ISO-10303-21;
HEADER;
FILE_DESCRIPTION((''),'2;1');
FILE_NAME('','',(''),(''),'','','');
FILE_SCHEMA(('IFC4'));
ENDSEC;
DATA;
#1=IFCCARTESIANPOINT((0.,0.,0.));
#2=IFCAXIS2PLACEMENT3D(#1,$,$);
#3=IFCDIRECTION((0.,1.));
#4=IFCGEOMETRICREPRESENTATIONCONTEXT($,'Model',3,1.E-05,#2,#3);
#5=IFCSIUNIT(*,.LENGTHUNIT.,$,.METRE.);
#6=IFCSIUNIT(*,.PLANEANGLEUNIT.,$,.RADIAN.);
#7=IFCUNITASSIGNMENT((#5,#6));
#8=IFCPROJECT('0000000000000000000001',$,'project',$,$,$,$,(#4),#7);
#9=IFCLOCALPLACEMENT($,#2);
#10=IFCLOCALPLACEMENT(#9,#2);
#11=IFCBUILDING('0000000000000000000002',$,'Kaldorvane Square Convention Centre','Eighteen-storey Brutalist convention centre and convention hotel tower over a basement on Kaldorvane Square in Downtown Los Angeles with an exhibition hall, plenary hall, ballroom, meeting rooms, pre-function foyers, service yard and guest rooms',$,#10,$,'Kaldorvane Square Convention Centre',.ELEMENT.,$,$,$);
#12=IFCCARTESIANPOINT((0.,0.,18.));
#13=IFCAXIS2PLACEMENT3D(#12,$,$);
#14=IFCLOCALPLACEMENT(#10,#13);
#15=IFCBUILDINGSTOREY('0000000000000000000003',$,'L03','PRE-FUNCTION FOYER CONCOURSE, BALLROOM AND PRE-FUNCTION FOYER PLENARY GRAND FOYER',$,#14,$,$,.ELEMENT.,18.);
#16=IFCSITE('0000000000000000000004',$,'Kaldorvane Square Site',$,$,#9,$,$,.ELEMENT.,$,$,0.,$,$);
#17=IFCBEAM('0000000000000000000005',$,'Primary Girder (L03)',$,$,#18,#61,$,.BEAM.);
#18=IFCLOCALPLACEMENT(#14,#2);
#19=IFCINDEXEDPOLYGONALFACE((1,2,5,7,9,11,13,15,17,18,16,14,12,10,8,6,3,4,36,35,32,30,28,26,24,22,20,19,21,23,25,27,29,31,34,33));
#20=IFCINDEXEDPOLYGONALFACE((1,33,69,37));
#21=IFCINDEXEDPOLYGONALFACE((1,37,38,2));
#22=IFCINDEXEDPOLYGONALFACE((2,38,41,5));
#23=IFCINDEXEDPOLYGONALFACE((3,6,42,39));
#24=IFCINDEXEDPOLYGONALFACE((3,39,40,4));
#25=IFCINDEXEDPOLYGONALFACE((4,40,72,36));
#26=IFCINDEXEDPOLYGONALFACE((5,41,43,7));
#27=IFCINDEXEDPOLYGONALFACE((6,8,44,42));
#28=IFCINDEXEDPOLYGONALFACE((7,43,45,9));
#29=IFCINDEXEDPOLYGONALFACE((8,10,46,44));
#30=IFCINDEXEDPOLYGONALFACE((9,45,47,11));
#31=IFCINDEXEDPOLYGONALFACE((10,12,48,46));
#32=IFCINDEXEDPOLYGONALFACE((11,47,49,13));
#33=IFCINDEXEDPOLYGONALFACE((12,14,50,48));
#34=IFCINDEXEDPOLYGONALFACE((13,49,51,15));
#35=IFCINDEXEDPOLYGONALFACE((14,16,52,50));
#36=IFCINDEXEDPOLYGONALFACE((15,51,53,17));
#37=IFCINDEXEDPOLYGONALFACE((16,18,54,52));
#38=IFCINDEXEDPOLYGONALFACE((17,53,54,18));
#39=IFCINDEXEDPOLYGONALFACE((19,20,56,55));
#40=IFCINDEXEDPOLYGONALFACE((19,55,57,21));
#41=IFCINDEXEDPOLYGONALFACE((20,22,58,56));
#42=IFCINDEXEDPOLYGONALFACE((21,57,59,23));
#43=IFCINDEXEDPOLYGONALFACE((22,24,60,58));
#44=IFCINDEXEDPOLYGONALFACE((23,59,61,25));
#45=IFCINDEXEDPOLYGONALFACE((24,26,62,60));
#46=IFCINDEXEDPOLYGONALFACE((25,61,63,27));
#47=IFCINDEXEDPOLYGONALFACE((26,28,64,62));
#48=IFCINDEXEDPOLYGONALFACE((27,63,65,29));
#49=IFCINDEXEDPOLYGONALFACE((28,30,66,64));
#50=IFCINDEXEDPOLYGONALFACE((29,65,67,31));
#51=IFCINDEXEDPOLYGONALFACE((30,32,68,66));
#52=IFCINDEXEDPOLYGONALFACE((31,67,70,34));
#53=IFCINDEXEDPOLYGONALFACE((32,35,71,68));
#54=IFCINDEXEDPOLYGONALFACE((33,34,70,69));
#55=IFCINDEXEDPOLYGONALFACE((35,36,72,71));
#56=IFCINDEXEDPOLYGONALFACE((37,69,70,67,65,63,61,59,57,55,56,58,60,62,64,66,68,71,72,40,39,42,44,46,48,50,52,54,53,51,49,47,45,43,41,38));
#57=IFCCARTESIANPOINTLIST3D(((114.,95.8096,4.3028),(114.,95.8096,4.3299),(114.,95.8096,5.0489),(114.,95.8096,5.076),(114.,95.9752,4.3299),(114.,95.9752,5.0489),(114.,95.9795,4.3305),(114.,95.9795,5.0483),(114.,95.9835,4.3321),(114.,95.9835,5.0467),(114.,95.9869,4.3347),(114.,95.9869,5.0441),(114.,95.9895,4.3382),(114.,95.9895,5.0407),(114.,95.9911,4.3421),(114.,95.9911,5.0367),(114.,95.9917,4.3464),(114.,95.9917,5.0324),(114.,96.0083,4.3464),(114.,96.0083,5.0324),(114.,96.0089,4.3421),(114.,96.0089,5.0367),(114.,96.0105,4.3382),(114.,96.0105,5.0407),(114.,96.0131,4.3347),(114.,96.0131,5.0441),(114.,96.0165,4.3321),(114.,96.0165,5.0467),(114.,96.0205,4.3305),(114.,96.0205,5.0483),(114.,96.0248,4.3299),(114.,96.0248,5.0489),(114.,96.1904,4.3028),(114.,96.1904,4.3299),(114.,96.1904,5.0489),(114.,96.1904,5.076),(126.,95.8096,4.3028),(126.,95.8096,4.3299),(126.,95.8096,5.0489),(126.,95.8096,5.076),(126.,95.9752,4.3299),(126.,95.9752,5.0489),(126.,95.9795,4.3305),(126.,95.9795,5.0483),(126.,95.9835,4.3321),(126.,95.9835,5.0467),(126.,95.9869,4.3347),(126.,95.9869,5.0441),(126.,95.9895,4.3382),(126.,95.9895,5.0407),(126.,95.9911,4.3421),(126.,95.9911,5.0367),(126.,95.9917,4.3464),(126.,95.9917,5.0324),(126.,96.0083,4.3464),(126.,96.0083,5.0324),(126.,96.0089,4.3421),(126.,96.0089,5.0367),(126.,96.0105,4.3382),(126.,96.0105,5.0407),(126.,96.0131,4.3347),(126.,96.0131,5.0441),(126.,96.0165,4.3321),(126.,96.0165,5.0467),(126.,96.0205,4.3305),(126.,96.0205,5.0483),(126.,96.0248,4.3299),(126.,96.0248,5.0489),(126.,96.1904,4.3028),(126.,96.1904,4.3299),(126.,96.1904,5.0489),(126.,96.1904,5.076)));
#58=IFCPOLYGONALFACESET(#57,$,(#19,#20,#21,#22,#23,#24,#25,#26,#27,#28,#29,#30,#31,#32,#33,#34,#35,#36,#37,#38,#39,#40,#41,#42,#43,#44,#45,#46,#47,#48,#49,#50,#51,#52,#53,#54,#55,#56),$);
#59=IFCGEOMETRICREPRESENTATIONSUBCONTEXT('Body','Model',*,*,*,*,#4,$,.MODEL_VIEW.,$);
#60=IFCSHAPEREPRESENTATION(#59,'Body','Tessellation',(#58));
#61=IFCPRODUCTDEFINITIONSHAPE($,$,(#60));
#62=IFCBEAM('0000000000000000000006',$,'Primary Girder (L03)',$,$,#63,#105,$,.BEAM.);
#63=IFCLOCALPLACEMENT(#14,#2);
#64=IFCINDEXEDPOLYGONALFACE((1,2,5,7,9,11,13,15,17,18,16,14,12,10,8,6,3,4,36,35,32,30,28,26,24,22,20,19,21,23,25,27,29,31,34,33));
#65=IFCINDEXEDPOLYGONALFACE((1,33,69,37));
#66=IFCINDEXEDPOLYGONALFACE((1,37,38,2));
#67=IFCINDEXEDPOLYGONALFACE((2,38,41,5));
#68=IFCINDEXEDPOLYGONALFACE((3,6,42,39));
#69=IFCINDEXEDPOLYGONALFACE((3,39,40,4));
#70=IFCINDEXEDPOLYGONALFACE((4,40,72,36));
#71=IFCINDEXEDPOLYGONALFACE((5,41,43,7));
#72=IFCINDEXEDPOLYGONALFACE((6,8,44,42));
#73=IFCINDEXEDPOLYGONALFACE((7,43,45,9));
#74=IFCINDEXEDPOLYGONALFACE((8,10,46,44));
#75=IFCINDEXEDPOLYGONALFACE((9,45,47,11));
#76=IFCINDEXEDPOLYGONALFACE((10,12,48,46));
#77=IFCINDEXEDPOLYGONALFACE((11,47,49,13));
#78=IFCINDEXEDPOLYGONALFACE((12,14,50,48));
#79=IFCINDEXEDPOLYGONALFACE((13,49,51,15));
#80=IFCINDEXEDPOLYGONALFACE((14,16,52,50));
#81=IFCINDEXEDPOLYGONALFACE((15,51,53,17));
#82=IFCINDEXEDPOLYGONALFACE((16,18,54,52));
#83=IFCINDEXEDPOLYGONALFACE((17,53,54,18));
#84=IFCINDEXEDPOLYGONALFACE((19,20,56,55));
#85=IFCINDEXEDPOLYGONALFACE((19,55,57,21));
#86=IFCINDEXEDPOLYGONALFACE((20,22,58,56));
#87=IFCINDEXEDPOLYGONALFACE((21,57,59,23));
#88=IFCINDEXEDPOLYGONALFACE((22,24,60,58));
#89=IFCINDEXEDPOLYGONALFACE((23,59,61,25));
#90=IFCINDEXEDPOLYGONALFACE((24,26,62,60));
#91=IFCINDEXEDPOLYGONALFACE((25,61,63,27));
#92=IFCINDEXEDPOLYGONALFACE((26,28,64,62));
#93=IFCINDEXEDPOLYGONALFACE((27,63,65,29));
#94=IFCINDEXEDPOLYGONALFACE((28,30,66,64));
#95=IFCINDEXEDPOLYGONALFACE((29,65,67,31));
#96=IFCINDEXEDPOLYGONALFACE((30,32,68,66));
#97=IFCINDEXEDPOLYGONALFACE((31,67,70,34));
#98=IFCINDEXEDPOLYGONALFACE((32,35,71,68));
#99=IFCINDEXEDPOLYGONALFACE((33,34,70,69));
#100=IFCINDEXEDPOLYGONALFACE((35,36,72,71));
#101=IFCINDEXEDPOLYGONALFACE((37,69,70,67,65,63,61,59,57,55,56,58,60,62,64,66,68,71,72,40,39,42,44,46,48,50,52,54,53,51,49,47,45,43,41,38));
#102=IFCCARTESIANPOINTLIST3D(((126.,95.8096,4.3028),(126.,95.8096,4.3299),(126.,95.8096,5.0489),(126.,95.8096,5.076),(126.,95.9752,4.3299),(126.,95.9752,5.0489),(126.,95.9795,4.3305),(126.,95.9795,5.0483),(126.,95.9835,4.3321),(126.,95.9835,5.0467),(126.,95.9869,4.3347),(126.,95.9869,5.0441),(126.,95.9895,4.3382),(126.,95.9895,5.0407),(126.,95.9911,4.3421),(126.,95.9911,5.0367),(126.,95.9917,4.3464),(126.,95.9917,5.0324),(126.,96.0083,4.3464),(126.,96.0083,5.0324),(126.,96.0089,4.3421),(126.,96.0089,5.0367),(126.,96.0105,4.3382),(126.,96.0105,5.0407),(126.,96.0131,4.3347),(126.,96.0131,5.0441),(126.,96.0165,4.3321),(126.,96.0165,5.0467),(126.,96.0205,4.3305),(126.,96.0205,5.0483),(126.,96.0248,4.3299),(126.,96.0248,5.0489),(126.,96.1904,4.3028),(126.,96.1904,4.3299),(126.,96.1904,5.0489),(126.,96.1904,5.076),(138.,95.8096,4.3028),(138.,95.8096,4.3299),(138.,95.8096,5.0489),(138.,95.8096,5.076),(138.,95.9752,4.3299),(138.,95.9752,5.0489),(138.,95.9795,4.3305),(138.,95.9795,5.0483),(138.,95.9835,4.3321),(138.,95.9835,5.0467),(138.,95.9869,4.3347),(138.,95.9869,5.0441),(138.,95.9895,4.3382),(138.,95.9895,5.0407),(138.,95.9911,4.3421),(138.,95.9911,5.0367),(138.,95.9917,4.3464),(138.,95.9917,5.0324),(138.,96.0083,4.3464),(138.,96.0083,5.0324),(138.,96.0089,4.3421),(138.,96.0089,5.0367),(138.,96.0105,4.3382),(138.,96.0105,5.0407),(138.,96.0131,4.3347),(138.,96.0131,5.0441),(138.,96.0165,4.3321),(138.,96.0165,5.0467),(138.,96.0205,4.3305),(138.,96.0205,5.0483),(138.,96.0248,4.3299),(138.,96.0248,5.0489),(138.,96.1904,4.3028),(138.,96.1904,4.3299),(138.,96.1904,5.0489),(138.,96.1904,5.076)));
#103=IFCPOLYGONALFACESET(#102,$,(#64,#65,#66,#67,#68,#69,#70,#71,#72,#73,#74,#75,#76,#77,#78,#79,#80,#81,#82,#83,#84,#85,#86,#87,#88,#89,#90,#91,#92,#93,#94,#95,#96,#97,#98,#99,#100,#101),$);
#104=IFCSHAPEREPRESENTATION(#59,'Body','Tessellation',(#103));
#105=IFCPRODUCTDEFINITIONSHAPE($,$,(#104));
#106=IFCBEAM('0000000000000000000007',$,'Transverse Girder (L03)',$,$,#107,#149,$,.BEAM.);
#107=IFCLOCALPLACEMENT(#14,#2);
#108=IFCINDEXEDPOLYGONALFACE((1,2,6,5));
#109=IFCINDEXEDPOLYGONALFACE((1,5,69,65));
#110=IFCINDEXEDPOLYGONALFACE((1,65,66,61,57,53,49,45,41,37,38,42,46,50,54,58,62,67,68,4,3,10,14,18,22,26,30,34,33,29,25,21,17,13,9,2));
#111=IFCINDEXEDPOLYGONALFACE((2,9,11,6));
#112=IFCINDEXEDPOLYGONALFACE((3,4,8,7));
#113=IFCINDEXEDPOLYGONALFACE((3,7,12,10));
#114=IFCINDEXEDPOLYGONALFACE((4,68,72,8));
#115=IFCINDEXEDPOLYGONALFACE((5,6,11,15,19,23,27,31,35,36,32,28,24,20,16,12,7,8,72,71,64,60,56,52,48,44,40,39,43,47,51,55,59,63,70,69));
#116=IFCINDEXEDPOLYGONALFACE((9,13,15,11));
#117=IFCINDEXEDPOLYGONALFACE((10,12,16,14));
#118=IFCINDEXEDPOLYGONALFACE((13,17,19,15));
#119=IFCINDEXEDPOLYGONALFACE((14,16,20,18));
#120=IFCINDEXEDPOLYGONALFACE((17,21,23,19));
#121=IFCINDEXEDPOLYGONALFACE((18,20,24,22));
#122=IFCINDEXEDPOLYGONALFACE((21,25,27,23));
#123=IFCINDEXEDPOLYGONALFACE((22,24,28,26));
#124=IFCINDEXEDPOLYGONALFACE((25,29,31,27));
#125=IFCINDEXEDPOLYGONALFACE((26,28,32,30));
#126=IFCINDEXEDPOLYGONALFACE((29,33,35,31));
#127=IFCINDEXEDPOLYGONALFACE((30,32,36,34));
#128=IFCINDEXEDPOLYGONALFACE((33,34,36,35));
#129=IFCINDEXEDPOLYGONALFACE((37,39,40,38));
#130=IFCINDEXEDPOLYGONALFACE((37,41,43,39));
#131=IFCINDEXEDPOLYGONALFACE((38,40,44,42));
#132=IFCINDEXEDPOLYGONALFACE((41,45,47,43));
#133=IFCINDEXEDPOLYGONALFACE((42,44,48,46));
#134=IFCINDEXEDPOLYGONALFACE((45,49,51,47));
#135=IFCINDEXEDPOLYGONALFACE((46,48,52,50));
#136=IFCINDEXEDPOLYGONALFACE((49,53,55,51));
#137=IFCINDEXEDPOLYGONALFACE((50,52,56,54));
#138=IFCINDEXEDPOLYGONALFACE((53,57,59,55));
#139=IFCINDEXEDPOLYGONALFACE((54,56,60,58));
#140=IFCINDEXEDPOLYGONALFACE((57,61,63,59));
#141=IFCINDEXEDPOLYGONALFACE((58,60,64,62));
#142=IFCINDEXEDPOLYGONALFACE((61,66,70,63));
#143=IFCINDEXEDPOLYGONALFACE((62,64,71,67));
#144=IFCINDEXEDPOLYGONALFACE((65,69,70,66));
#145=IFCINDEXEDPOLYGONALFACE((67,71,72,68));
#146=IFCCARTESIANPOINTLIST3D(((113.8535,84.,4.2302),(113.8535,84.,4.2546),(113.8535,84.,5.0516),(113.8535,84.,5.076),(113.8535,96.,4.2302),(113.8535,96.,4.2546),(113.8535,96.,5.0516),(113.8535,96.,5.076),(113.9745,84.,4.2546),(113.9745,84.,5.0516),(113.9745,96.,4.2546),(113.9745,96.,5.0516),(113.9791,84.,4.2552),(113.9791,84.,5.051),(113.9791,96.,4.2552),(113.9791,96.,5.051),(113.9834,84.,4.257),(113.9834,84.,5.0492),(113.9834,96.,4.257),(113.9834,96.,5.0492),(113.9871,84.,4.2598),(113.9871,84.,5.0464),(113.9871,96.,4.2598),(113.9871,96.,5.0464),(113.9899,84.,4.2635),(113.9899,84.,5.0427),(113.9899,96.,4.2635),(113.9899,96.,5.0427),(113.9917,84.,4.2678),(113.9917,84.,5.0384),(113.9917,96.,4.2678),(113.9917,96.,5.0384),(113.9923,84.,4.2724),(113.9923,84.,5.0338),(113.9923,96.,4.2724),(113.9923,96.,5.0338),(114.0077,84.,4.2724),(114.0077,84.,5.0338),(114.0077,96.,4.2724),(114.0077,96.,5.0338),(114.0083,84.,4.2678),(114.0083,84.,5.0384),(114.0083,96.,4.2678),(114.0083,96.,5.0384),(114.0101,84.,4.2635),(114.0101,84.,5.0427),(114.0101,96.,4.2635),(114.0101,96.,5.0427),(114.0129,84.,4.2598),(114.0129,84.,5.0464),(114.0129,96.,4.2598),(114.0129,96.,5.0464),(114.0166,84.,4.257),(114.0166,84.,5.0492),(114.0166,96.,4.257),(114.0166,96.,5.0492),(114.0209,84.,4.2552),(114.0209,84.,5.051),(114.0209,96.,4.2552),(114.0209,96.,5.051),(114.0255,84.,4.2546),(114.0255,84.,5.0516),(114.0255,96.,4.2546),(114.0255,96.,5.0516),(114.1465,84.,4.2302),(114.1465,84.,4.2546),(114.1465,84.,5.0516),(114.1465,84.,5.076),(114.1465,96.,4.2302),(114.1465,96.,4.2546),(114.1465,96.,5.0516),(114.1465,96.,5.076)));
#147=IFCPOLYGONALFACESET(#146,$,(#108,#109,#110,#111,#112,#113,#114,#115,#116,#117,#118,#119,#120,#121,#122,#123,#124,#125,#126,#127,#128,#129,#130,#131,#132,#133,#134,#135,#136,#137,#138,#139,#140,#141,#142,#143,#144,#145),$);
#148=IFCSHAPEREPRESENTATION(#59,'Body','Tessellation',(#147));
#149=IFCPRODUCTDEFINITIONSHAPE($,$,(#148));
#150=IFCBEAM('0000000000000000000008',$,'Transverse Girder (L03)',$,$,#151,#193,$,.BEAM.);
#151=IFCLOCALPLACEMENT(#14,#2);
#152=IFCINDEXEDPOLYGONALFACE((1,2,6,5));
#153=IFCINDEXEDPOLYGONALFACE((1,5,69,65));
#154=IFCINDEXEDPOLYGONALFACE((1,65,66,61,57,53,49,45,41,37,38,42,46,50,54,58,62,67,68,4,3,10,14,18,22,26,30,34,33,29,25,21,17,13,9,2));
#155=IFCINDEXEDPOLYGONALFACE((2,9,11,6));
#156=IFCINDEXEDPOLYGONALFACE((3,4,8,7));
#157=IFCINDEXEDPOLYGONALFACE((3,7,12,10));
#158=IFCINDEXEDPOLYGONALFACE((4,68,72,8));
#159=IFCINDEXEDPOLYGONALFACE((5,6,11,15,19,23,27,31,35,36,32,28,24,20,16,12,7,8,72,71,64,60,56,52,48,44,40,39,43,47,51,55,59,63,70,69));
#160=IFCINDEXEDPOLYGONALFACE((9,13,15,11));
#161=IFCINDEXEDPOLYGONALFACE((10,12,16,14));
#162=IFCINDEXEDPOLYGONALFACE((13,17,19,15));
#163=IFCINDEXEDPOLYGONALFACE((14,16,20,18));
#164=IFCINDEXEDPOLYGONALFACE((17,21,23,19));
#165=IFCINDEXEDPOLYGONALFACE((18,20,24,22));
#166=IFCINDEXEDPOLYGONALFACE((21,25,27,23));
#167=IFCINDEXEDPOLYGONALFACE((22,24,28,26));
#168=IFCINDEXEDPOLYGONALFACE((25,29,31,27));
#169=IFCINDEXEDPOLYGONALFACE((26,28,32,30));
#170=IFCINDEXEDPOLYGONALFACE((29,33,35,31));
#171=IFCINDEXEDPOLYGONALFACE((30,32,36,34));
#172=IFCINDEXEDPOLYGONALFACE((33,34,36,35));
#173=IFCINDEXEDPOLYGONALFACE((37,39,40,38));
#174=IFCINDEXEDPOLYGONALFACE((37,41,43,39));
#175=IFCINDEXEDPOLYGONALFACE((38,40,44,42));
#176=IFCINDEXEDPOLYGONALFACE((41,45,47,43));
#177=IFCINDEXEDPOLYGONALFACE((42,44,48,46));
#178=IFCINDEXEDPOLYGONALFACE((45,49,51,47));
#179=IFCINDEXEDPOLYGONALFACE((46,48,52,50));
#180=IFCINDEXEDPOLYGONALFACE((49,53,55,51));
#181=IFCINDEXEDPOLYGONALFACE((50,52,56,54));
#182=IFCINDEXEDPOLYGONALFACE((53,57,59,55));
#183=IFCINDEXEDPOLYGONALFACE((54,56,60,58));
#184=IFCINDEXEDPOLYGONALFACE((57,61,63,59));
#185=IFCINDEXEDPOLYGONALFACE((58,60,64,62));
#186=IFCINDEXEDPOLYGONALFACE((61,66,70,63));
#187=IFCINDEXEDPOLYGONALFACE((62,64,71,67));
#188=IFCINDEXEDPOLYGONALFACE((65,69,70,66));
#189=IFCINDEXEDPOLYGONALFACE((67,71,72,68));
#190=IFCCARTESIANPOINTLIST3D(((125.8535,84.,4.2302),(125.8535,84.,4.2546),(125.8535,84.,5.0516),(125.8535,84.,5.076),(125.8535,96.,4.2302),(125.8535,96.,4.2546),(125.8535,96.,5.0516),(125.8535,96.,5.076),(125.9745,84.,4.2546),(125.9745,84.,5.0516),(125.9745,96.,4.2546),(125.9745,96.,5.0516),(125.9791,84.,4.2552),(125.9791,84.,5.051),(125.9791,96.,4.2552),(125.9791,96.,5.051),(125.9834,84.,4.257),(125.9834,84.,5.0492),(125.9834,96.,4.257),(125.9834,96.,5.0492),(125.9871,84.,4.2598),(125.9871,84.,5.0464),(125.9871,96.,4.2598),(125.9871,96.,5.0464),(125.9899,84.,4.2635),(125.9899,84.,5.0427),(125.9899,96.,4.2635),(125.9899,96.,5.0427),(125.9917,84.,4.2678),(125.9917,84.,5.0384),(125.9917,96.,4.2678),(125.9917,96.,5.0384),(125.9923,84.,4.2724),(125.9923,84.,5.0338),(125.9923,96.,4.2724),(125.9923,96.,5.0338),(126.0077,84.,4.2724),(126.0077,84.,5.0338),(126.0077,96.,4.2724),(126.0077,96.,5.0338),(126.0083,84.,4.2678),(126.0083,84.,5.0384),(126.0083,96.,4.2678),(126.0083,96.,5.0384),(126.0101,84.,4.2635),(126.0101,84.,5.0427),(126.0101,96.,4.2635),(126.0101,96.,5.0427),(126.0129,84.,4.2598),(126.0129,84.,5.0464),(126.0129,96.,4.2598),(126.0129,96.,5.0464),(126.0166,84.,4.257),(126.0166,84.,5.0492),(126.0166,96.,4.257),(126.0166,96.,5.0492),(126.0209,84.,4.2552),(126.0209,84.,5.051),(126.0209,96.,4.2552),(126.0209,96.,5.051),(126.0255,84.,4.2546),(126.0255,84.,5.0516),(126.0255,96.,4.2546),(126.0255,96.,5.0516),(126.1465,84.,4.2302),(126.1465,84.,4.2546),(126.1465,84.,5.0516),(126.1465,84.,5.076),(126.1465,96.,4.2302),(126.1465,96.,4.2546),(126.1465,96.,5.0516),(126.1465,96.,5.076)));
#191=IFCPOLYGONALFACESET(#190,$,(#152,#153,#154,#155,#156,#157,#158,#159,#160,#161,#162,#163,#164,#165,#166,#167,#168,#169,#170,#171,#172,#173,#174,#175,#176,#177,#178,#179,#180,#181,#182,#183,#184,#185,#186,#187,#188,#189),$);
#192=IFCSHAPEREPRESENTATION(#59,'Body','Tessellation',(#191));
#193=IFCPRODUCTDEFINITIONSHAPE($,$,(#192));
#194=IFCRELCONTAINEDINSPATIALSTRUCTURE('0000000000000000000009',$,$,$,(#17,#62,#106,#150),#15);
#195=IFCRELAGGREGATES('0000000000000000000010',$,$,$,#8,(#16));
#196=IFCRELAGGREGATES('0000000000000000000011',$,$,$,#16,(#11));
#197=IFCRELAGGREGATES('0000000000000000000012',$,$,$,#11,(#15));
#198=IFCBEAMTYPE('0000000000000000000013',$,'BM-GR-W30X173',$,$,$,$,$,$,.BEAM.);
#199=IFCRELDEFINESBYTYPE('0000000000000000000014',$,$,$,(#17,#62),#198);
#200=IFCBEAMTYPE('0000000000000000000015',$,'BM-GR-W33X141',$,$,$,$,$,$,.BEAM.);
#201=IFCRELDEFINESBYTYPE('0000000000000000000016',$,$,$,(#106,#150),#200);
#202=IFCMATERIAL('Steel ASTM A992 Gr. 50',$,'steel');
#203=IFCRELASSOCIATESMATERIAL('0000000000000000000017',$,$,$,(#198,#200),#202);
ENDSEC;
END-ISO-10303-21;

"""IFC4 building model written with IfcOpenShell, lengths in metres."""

from ifc_helpers import new_model, si_unit, direction, frame, origin, origin_2d, place, context, subcontext, project, spatial, i_section, extrude, material, material_profile, profile_set, type_object, element, save


model = new_model("IFC4")

# Units and contexts
model_context = context("Model", 3, precision=1e-05, world=origin(), true_north=direction((0.0, 1.0)))
body_context = subcontext(model_context, "Body", "Model", "MODEL_VIEW")
ifc_project = project(units=[si_unit("LENGTHUNIT", "METRE"), si_unit("PLANEANGLEUNIT", "RADIAN")], contexts=[model_context])

# Site, building, storey
site_placement = place(None, origin())
site = spatial("IfcSite", under=ifc_project, at=site_placement, Name="Kaldorvane Square Site", CompositionType="ELEMENT", RefElevation=0.0)
building_placement = place(site_placement, origin())
building = spatial("IfcBuilding", under=site, at=building_placement, Name="Kaldorvane Square Convention Centre", Description="Eighteen-storey Brutalist convention centre and convention hotel tower over a basement on Kaldorvane Square in Downtown Los Angeles with an exhibition hall, plenary hall, ballroom, meeting rooms, pre-function foyers, service yard and guest rooms", LongName="Kaldorvane Square Convention Centre", CompositionType="ELEMENT")
storey_placement = place(building_placement, frame((0.0, 0.0, 18.0)))
storey = spatial("IfcBuildingStorey", under=building, at=storey_placement, Name="L03", Description="PRE-FUNCTION FOYER CONCOURSE, BALLROOM AND PRE-FUNCTION FOYER PLENARY GRAND FOYER", CompositionType="ELEMENT", Elevation=18.0)

# Shared definitions
ifc_material_1 = material(Name="Steel ASTM A992 Gr. 50", Category="steel")

# Beams
ifc_material_profile_1 = material_profile(ifc_material_1, i_section(OverallWidth=0.3807, OverallDepth=0.7732, WebThickness=0.0166, FlangeThickness=0.0271, FilletRadius=0.0165, at=origin_2d()), Name="W30X173")
ifc_profile_set_1 = profile_set([ifc_material_profile_1], Name="Steel ASTM A992 Gr. 50")
beam_type_1 = type_object("IfcBeamType", Name="BM-GR-W30X173", PredefinedType="BEAM", material=ifc_profile_set_1)
for number, where, z_axis, x_axis, name in (
    (1, (114.0, 96.0, 4.6894), (1.0, 0.0, 0.0), (0.0, 1.0, 0.0), "Primary Girder (L03)"),
    (2, (126.0, 96.0, 4.6894), (1.0, 0.0, 0.0), (0.0, 1.0, 0.0), "Primary Girder (L03)"),
):
    element("IfcBeam", number, at=place(storey_placement, frame(where, z_axis=z_axis, x_axis=x_axis)), inside=storey, type_object=beam_type_1, Name=name, PredefinedType="BEAM", context=body_context, shape_type="SweptSolid", body=[
        extrude(i_section(OverallWidth=0.3807, OverallDepth=0.7732, WebThickness=0.0166, FlangeThickness=0.0271, FilletRadius=0.0165, at=origin_2d()), origin(), (0.0, 0.0, 1.0), 12.0),
    ])
ifc_material_profile_2 = material_profile(ifc_material_1, i_section(OverallWidth=0.293, OverallDepth=0.8458, WebThickness=0.0154, FlangeThickness=0.0244, FilletRadius=0.0178, at=origin_2d()), Name="W33X141")
ifc_profile_set_2 = profile_set([ifc_material_profile_2], Name="Steel ASTM A992 Gr. 50")
beam_type_2 = type_object("IfcBeamType", Name="BM-GR-W33X141", PredefinedType="BEAM", material=ifc_profile_set_2)
for number, where, z_axis, x_axis, name in (
    (3, (114.0, 84.0, 4.6531), (0.0, 1.0, 0.0), (-1.0, 0.0, 0.0), "Transverse Girder (L03)"),
    (4, (126.0, 84.0, 4.6531), (0.0, 1.0, 0.0), (-1.0, 0.0, 0.0), "Transverse Girder (L03)"),
):
    element("IfcBeam", number, at=place(storey_placement, frame(where, z_axis=z_axis, x_axis=x_axis)), inside=storey, type_object=beam_type_2, Name=name, PredefinedType="BEAM", context=body_context, shape_type="SweptSolid", body=[
        extrude(i_section(OverallWidth=0.293, OverallDepth=0.8458, WebThickness=0.0154, FlangeThickness=0.0244, FilletRadius=0.0178, at=origin_2d()), origin(), (0.0, 0.0, 1.0), 12.0),
    ])

save(model, "model.ifc")
